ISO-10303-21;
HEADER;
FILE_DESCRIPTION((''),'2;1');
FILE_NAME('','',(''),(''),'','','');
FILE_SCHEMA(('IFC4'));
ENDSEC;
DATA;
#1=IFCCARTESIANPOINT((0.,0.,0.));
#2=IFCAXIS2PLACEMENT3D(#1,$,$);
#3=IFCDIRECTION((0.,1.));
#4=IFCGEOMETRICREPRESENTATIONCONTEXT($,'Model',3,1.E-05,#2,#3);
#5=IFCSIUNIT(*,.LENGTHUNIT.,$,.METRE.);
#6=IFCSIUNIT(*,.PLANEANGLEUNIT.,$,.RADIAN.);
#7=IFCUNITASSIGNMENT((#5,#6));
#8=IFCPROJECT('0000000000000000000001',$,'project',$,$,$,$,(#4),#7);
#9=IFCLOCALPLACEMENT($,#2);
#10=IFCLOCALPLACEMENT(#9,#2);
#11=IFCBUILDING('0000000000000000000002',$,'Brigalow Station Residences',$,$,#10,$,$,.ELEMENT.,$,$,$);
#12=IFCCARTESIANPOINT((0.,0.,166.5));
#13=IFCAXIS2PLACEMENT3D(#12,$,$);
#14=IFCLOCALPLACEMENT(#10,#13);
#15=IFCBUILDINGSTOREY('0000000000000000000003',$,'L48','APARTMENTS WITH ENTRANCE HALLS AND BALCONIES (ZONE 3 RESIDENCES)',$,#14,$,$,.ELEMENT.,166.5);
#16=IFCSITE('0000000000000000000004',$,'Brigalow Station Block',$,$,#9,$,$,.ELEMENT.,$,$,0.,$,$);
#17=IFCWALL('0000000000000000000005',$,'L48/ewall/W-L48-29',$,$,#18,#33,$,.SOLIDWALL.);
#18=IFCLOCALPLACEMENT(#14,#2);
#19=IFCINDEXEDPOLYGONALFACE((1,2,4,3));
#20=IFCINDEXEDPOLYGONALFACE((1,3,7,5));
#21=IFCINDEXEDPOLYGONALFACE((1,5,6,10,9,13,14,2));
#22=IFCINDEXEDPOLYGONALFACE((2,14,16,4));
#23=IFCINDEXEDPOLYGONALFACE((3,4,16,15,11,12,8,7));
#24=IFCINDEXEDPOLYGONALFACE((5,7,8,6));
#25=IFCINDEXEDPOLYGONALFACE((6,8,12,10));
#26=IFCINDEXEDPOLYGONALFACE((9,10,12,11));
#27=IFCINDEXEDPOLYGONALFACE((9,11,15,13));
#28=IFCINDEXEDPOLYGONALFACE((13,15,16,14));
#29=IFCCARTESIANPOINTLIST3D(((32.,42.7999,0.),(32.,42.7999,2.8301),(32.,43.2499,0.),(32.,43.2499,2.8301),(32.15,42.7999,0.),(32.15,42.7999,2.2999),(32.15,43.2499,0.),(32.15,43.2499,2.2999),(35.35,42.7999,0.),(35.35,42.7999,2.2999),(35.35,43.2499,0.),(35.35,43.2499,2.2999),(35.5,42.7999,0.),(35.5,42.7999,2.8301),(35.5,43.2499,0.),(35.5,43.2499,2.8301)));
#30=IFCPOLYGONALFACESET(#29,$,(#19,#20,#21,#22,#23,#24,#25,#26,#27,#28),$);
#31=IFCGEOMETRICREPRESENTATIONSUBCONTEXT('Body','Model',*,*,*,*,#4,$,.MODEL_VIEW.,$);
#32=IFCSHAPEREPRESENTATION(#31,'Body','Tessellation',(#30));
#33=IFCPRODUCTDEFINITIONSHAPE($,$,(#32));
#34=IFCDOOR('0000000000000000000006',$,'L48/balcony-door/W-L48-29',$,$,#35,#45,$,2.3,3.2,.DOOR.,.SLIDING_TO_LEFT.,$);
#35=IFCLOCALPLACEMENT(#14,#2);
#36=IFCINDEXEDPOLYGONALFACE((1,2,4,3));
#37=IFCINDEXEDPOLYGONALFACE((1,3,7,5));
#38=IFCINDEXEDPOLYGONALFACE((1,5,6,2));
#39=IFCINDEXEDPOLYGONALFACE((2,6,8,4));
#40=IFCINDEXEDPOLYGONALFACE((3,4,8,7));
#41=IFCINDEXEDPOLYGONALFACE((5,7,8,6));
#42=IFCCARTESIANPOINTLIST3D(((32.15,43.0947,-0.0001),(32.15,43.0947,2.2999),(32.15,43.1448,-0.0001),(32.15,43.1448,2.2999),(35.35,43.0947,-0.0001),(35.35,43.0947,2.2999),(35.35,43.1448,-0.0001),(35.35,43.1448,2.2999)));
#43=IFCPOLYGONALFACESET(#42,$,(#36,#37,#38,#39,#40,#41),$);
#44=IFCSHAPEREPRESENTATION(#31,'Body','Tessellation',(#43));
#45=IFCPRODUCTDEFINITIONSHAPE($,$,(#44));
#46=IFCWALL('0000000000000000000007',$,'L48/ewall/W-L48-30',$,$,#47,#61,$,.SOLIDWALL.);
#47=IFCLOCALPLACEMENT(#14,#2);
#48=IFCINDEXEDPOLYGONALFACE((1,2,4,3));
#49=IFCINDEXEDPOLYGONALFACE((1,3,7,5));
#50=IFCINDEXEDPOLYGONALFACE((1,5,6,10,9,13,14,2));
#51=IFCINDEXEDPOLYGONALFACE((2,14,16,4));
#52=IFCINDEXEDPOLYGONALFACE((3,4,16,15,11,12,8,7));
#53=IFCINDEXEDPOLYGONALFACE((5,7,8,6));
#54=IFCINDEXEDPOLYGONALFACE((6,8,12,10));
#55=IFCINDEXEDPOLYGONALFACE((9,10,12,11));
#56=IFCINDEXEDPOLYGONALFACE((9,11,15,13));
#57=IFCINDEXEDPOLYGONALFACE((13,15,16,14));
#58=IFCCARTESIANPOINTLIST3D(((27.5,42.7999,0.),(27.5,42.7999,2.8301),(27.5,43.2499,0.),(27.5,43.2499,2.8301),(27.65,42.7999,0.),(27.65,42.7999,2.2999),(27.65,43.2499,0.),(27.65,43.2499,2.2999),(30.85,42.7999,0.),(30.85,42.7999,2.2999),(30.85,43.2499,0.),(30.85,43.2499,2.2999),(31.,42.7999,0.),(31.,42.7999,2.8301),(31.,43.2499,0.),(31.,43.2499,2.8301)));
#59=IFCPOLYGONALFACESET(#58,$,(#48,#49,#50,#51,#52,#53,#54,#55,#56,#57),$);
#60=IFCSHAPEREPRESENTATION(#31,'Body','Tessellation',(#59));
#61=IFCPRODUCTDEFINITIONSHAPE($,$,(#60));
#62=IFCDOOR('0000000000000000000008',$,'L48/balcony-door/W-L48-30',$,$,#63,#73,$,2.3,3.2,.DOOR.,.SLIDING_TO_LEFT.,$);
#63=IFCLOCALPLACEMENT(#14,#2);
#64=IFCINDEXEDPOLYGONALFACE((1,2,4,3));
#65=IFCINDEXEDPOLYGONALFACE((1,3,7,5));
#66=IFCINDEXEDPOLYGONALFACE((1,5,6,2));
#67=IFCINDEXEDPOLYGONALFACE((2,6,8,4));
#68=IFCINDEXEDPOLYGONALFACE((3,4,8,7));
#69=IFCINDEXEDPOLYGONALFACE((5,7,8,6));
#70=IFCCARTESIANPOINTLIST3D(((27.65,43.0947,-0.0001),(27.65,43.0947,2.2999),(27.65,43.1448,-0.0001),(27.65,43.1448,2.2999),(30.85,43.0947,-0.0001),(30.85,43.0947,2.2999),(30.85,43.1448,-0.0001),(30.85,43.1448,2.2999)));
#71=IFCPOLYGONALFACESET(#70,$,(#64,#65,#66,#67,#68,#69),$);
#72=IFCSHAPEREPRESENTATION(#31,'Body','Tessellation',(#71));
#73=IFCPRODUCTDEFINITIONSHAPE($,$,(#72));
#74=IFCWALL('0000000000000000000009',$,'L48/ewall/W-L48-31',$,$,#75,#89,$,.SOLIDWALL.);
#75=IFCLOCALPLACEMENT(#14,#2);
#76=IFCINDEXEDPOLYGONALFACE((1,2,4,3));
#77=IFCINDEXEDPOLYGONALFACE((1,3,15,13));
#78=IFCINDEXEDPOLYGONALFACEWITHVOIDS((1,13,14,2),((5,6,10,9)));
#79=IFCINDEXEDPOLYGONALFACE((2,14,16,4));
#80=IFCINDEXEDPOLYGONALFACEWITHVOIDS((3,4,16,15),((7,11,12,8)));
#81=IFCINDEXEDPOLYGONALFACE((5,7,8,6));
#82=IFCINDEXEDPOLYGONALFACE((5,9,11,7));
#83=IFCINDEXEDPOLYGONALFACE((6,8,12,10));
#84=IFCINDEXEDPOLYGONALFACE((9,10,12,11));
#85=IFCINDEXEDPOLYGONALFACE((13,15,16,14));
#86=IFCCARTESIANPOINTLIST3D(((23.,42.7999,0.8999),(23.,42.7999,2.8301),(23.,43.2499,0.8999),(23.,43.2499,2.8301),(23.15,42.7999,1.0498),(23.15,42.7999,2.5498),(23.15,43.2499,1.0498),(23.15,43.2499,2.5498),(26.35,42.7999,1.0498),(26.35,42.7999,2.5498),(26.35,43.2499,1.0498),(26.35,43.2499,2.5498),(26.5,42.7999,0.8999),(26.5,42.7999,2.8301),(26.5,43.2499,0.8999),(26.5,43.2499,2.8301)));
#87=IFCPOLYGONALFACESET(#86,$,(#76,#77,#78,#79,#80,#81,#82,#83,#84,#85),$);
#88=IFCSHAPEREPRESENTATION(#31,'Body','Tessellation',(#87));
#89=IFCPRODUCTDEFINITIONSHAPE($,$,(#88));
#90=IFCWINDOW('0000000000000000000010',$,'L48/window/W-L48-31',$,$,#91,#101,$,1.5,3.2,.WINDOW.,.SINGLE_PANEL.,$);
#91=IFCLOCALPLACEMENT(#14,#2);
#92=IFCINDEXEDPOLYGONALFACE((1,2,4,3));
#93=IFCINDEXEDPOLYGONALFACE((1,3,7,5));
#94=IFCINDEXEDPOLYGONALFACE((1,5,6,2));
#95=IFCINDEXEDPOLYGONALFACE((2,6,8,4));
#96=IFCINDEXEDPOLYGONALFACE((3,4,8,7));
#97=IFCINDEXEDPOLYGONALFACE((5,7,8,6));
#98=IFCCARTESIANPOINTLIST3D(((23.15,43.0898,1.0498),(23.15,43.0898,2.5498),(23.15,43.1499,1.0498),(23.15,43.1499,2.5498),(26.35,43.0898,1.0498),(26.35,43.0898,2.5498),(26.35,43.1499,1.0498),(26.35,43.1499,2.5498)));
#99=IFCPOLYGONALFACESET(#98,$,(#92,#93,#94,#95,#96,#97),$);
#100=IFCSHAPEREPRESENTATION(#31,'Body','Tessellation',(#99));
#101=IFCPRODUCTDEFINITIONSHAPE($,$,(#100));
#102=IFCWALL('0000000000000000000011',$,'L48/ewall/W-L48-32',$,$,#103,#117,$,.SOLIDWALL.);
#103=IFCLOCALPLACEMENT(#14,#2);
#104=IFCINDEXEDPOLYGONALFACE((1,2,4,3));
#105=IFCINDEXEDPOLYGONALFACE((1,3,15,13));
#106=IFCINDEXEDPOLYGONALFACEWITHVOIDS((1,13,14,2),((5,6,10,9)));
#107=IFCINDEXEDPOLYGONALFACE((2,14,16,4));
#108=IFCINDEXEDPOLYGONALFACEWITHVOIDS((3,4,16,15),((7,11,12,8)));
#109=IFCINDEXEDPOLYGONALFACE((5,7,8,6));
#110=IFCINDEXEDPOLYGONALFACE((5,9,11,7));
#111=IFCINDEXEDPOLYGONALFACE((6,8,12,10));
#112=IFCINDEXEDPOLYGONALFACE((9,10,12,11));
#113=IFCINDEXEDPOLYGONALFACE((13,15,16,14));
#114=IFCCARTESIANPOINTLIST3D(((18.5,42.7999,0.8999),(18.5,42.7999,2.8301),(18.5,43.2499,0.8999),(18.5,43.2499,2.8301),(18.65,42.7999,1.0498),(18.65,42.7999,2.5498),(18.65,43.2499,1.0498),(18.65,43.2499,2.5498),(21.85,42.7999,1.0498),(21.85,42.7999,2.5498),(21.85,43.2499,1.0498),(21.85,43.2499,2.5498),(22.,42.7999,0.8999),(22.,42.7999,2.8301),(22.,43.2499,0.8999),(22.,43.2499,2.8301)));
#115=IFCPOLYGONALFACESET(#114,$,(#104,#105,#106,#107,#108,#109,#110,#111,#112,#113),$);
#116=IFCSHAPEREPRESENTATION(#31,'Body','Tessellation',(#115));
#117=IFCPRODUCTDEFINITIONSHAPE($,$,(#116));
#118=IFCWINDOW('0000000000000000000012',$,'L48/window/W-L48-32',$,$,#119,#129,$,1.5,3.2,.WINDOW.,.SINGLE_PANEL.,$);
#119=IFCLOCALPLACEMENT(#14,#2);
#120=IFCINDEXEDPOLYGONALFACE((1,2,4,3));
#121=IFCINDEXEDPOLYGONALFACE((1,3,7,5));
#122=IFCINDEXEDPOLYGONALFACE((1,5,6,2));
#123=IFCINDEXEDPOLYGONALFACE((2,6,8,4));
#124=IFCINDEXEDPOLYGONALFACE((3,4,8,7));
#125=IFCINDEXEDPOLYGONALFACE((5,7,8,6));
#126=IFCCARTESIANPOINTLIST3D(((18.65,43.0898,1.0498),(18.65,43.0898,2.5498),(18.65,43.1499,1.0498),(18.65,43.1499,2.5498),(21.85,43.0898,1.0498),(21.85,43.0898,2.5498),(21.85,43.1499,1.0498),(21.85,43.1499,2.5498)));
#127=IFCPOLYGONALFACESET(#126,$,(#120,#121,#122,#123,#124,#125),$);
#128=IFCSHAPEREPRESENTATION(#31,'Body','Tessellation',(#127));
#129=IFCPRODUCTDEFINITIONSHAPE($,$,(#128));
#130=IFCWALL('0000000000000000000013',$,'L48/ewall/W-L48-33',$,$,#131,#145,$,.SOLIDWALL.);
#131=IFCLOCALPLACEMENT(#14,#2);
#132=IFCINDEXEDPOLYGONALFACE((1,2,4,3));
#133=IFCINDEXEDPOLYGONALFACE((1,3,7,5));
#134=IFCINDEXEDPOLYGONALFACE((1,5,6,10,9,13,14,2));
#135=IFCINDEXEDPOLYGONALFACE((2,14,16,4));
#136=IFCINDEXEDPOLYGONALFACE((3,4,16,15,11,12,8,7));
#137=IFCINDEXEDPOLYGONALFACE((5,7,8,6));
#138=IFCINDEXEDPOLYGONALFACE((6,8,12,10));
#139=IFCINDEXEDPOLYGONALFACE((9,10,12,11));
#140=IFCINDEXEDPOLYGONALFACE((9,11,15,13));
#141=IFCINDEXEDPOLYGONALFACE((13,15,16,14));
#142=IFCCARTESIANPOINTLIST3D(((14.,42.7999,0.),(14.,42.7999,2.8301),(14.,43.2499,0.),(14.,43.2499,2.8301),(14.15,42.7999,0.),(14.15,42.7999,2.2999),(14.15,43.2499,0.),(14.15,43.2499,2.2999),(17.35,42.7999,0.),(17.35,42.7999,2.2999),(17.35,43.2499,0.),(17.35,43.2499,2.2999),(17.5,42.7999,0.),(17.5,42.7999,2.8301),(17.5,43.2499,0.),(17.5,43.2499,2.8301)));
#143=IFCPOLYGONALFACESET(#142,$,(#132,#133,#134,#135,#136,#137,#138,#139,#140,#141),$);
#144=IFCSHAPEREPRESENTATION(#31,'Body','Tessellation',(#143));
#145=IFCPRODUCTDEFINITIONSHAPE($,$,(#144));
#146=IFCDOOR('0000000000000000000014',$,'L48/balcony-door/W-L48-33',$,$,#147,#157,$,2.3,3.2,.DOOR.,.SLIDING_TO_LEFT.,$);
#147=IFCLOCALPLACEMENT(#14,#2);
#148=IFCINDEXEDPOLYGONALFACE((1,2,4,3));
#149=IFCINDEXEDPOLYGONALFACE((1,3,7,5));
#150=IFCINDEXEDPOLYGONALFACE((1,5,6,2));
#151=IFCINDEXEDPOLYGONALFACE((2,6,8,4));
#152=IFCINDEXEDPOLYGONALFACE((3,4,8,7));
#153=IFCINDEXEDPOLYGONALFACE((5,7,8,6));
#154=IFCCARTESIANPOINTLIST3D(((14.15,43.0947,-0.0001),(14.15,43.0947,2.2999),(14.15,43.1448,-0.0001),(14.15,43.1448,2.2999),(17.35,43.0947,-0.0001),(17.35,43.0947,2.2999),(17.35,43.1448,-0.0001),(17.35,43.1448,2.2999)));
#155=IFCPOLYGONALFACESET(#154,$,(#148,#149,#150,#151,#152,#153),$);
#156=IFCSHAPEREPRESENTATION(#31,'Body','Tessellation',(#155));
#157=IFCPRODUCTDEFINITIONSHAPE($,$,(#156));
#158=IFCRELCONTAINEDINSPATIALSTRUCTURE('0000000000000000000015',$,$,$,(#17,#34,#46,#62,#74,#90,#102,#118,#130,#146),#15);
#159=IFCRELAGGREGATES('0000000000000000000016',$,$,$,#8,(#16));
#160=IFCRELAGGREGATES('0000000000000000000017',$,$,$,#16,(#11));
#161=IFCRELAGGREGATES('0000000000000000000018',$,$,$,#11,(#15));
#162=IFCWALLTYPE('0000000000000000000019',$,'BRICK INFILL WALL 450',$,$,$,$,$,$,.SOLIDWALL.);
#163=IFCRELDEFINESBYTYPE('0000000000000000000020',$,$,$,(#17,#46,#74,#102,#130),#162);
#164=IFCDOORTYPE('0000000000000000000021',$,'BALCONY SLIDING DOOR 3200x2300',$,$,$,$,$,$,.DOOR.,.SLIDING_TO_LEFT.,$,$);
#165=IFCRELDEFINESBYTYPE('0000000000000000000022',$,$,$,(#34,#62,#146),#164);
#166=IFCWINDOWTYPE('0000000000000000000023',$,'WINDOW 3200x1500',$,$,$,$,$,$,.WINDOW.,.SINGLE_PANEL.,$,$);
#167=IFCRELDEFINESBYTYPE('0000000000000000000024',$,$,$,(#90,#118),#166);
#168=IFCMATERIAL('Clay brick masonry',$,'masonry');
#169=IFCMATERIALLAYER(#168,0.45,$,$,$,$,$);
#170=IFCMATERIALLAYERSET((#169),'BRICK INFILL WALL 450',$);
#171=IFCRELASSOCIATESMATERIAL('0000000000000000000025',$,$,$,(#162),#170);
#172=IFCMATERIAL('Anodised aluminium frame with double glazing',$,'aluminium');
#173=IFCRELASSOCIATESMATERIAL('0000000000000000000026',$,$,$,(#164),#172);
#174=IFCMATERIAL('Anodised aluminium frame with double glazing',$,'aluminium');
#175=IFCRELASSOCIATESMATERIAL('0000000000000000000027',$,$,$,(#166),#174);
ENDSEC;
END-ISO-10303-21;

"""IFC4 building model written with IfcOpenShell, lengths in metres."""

from ifc_helpers import new_model, si_unit, direction, frame, frame_2d, origin, place, context, subcontext, project, spatial, rectangle, extrude, material, layer, layer_set, type_object, element, fill, save


model = new_model("IFC4")

# Units and contexts
model_context = context("Model", 3, precision=1e-05, world=origin(), true_north=direction((0.0, 1.0)))
body_context = subcontext(model_context, "Body", "Model", "MODEL_VIEW")
ifc_project = project(units=[si_unit("LENGTHUNIT", "METRE"), si_unit("PLANEANGLEUNIT", "RADIAN")], contexts=[model_context])

# Site, building, storey
site_placement = place(None, origin())
site = spatial("IfcSite", under=ifc_project, at=site_placement, Name="Brigalow Station Block", CompositionType="ELEMENT", RefElevation=0.0)
building_placement = place(site_placement, origin())
building = spatial("IfcBuilding", under=site, at=building_placement, Name="Brigalow Station Residences", CompositionType="ELEMENT")
storey_placement = place(building_placement, frame((0.0, 0.0, 166.5)))
storey = spatial("IfcBuildingStorey", under=building, at=storey_placement, Name="L48", Description="APARTMENTS WITH ENTRANCE HALLS AND BALCONIES (ZONE 3 RESIDENCES)", CompositionType="ELEMENT", Elevation=166.5)

# Walls, openings, doors
ifc_material_1 = material(Name="Clay brick masonry", Category="masonry")
ifc_layer_1 = layer(ifc_material_1, 0.45)
ifc_layer_set_1 = layer_set([ifc_layer_1], Name="BRICK INFILL WALL 450")
wall_type_1 = type_object("IfcWallType", Name="BRICK INFILL WALL 450", PredefinedType="SOLIDWALL", material=ifc_layer_set_1)
wall_1_placement = place(storey_placement, frame((35.5, 43.0249, 0.0), z_axis=(0.0, 0.0, 1.0), x_axis=(-1.0, 0.0, 0.0)))
wall_1 = element("IfcWall", 1, at=wall_1_placement, inside=storey, type_object=wall_type_1, Name="L48/ewall/W-L48-29", PredefinedType="SOLIDWALL", context=body_context, shape_type="SweptSolid", body=[
    extrude(rectangle(XDim=3.5, YDim=0.45, at=frame_2d((1.75, 0.0))), origin(), (0.0, 0.0, 1.0), 2.8301),
])
opening_1_placement = place(wall_1_placement, frame((0.1499, 0.0, 0.0)))
opening_1 = element("IfcOpeningElement", 2, at=opening_1_placement, cuts=wall_1, PredefinedType="OPENING", context=body_context, shape_type="SweptSolid", body=[
    extrude(rectangle(XDim=3.2, YDim=2.3, at=frame_2d((1.6001, 1.1499))), frame((0.0, 0.2349, 0.0), z_axis=(0.0, -1.0, 0.0), x_axis=(1.0, 0.0, 0.0)), (0.0, 0.0, 1.0), 0.47),
])
ifc_material_2 = material(Name="Anodised aluminium frame with double glazing", Category="aluminium")
door_type_1 = type_object("IfcDoorType", Name="BALCONY SLIDING DOOR 3200x2300", OperationType="SLIDING_TO_LEFT", PredefinedType="DOOR", material=ifc_material_2)
door_1_placement = place(opening_1_placement, origin())
door_1 = element("IfcDoor", 3, at=door_1_placement, inside=storey, type_object=door_type_1, Name="L48/balcony-door/W-L48-29", OperationType="SLIDING_TO_LEFT", OverallHeight=2.3, OverallWidth=3.2, PredefinedType="DOOR", context=body_context, shape_type="SweptSolid", body=[
    extrude(rectangle(XDim=3.2, YDim=2.3, at=frame_2d((1.6001, 1.1499))), frame((0.0, -0.0698, 0.0), z_axis=(0.0, -1.0, 0.0), x_axis=(1.0, 0.0, 0.0)), (0.0, 0.0, 1.0), 0.05),
])
fill(opening_1, door_1)
wall_2_placement = place(storey_placement, frame((31.0, 43.0249, 0.0), z_axis=(0.0, 0.0, 1.0), x_axis=(-1.0, 0.0, 0.0)))
wall_2 = element("IfcWall", 4, at=wall_2_placement, inside=storey, type_object=wall_type_1, Name="L48/ewall/W-L48-30", PredefinedType="SOLIDWALL", context=body_context, shape_type="SweptSolid", body=[
    extrude(rectangle(XDim=3.5, YDim=0.45, at=frame_2d((1.75, 0.0))), origin(), (0.0, 0.0, 1.0), 2.8301),
])
opening_2_placement = place(wall_2_placement, frame((0.1499, 0.0, 0.0)))
opening_2 = element("IfcOpeningElement", 5, at=opening_2_placement, cuts=wall_2, PredefinedType="OPENING", context=body_context, shape_type="SweptSolid", body=[
    extrude(rectangle(XDim=3.2, YDim=2.3, at=frame_2d((1.6001, 1.1499))), frame((0.0, 0.2349, 0.0), z_axis=(0.0, -1.0, 0.0), x_axis=(1.0, 0.0, 0.0)), (0.0, 0.0, 1.0), 0.47),
])
door_2_placement = place(opening_2_placement, origin())
door_2 = element("IfcDoor", 6, at=door_2_placement, inside=storey, type_object=door_type_1, Name="L48/balcony-door/W-L48-30", OperationType="SLIDING_TO_LEFT", OverallHeight=2.3, OverallWidth=3.2, PredefinedType="DOOR", context=body_context, shape_type="SweptSolid", body=[
    extrude(rectangle(XDim=3.2, YDim=2.3, at=frame_2d((1.6001, 1.1499))), frame((0.0, -0.0698, 0.0), z_axis=(0.0, -1.0, 0.0), x_axis=(1.0, 0.0, 0.0)), (0.0, 0.0, 1.0), 0.05),
])
fill(opening_2, door_2)

# Walls, openings, windows
wall_3_placement = place(storey_placement, frame((26.5, 43.0249, 0.8999), z_axis=(0.0, 0.0, 1.0), x_axis=(-1.0, 0.0, 0.0)))
wall_3 = element("IfcWall", 7, at=wall_3_placement, inside=storey, type_object=wall_type_1, Name="L48/ewall/W-L48-31", PredefinedType="SOLIDWALL", context=body_context, shape_type="SweptSolid", body=[
    extrude(rectangle(XDim=3.5, YDim=0.45, at=frame_2d((1.75, 0.0))), origin(), (0.0, 0.0, 1.0), 1.9302),
])
opening_3_placement = place(wall_3_placement, frame((0.1499, 0.0, 0.1499)))
opening_3 = element("IfcOpeningElement", 8, at=opening_3_placement, cuts=wall_3, PredefinedType="OPENING", context=body_context, shape_type="SweptSolid", body=[
    extrude(rectangle(XDim=3.2, YDim=1.5, at=frame_2d((1.6001, 0.75))), frame((0.0, 0.2349, 0.0), z_axis=(0.0, -1.0, 0.0), x_axis=(1.0, 0.0, 0.0)), (0.0, 0.0, 1.0), 0.47),
])
ifc_material_3 = material(Name="Anodised aluminium frame with double glazing", Category="aluminium")
window_type = type_object("IfcWindowType", Name="WINDOW 3200x1500", PartitioningType="SINGLE_PANEL", PredefinedType="WINDOW", material=ifc_material_3)
window_1_placement = place(opening_3_placement, origin())
window_1 = element("IfcWindow", 9, at=window_1_placement, inside=storey, type_object=window_type, Name="L48/window/W-L48-31", OverallHeight=1.5, OverallWidth=3.2, PartitioningType="SINGLE_PANEL", PredefinedType="WINDOW", context=body_context, shape_type="SweptSolid", body=[
    extrude(rectangle(XDim=3.2, YDim=1.5, at=frame_2d((1.6001, 0.75))), frame((0.0, -0.0649, 0.0), z_axis=(0.0, -1.0, 0.0), x_axis=(1.0, 0.0, 0.0)), (0.0, 0.0, 1.0), 0.0601),
])
fill(opening_3, window_1)
wall_4_placement = place(storey_placement, frame((22.0, 43.0249, 0.8999), z_axis=(0.0, 0.0, 1.0), x_axis=(-1.0, 0.0, 0.0)))
wall_4 = element("IfcWall", 10, at=wall_4_placement, inside=storey, type_object=wall_type_1, Name="L48/ewall/W-L48-32", PredefinedType="SOLIDWALL", context=body_context, shape_type="SweptSolid", body=[
    extrude(rectangle(XDim=3.5, YDim=0.45, at=frame_2d((1.75, 0.0))), origin(), (0.0, 0.0, 1.0), 1.9302),
])
opening_4_placement = place(wall_4_placement, frame((0.1499, 0.0, 0.1499)))
opening_4 = element("IfcOpeningElement", 11, at=opening_4_placement, cuts=wall_4, PredefinedType="OPENING", context=body_context, shape_type="SweptSolid", body=[
    extrude(rectangle(XDim=3.2, YDim=1.5, at=frame_2d((1.6001, 0.75))), frame((0.0, 0.2349, 0.0), z_axis=(0.0, -1.0, 0.0), x_axis=(1.0, 0.0, 0.0)), (0.0, 0.0, 1.0), 0.47),
])
window_2_placement = place(opening_4_placement, origin())
window_2 = element("IfcWindow", 12, at=window_2_placement, inside=storey, type_object=window_type, Name="L48/window/W-L48-32", OverallHeight=1.5, OverallWidth=3.2, PartitioningType="SINGLE_PANEL", PredefinedType="WINDOW", context=body_context, shape_type="SweptSolid", body=[
    extrude(rectangle(XDim=3.2, YDim=1.5, at=frame_2d((1.6001, 0.75))), frame((0.0, -0.0649, 0.0), z_axis=(0.0, -1.0, 0.0), x_axis=(1.0, 0.0, 0.0)), (0.0, 0.0, 1.0), 0.0601),
])
fill(opening_4, window_2)

# Wall, opening, door
wall_5_placement = place(storey_placement, frame((17.5, 43.0249, 0.0), z_axis=(0.0, 0.0, 1.0), x_axis=(-1.0, 0.0, 0.0)))
wall_5 = element("IfcWall", 13, at=wall_5_placement, inside=storey, type_object=wall_type_1, Name="L48/ewall/W-L48-33", PredefinedType="SOLIDWALL", context=body_context, shape_type="SweptSolid", body=[
    extrude(rectangle(XDim=3.5, YDim=0.45, at=frame_2d((1.75, 0.0))), origin(), (0.0, 0.0, 1.0), 2.8301),
])
opening_5_placement = place(wall_5_placement, frame((0.1499, 0.0, 0.0)))
opening_5 = element("IfcOpeningElement", 14, at=opening_5_placement, cuts=wall_5, PredefinedType="OPENING", context=body_context, shape_type="SweptSolid", body=[
    extrude(rectangle(XDim=3.2, YDim=2.3, at=frame_2d((1.6001, 1.1499))), frame((0.0, 0.2349, 0.0), z_axis=(0.0, -1.0, 0.0), x_axis=(1.0, 0.0, 0.0)), (0.0, 0.0, 1.0), 0.47),
])
door_3_placement = place(opening_5_placement, origin())
door_3 = element("IfcDoor", 15, at=door_3_placement, inside=storey, type_object=door_type_1, Name="L48/balcony-door/W-L48-33", OperationType="SLIDING_TO_LEFT", OverallHeight=2.3, OverallWidth=3.2, PredefinedType="DOOR", context=body_context, shape_type="SweptSolid", body=[
    extrude(rectangle(XDim=3.2, YDim=2.3, at=frame_2d((1.6001, 1.1499))), frame((0.0, -0.0698, 0.0), z_axis=(0.0, -1.0, 0.0), x_axis=(1.0, 0.0, 0.0)), (0.0, 0.0, 1.0), 0.05),
])
fill(opening_5, door_3)

save(model, "model.ifc")
